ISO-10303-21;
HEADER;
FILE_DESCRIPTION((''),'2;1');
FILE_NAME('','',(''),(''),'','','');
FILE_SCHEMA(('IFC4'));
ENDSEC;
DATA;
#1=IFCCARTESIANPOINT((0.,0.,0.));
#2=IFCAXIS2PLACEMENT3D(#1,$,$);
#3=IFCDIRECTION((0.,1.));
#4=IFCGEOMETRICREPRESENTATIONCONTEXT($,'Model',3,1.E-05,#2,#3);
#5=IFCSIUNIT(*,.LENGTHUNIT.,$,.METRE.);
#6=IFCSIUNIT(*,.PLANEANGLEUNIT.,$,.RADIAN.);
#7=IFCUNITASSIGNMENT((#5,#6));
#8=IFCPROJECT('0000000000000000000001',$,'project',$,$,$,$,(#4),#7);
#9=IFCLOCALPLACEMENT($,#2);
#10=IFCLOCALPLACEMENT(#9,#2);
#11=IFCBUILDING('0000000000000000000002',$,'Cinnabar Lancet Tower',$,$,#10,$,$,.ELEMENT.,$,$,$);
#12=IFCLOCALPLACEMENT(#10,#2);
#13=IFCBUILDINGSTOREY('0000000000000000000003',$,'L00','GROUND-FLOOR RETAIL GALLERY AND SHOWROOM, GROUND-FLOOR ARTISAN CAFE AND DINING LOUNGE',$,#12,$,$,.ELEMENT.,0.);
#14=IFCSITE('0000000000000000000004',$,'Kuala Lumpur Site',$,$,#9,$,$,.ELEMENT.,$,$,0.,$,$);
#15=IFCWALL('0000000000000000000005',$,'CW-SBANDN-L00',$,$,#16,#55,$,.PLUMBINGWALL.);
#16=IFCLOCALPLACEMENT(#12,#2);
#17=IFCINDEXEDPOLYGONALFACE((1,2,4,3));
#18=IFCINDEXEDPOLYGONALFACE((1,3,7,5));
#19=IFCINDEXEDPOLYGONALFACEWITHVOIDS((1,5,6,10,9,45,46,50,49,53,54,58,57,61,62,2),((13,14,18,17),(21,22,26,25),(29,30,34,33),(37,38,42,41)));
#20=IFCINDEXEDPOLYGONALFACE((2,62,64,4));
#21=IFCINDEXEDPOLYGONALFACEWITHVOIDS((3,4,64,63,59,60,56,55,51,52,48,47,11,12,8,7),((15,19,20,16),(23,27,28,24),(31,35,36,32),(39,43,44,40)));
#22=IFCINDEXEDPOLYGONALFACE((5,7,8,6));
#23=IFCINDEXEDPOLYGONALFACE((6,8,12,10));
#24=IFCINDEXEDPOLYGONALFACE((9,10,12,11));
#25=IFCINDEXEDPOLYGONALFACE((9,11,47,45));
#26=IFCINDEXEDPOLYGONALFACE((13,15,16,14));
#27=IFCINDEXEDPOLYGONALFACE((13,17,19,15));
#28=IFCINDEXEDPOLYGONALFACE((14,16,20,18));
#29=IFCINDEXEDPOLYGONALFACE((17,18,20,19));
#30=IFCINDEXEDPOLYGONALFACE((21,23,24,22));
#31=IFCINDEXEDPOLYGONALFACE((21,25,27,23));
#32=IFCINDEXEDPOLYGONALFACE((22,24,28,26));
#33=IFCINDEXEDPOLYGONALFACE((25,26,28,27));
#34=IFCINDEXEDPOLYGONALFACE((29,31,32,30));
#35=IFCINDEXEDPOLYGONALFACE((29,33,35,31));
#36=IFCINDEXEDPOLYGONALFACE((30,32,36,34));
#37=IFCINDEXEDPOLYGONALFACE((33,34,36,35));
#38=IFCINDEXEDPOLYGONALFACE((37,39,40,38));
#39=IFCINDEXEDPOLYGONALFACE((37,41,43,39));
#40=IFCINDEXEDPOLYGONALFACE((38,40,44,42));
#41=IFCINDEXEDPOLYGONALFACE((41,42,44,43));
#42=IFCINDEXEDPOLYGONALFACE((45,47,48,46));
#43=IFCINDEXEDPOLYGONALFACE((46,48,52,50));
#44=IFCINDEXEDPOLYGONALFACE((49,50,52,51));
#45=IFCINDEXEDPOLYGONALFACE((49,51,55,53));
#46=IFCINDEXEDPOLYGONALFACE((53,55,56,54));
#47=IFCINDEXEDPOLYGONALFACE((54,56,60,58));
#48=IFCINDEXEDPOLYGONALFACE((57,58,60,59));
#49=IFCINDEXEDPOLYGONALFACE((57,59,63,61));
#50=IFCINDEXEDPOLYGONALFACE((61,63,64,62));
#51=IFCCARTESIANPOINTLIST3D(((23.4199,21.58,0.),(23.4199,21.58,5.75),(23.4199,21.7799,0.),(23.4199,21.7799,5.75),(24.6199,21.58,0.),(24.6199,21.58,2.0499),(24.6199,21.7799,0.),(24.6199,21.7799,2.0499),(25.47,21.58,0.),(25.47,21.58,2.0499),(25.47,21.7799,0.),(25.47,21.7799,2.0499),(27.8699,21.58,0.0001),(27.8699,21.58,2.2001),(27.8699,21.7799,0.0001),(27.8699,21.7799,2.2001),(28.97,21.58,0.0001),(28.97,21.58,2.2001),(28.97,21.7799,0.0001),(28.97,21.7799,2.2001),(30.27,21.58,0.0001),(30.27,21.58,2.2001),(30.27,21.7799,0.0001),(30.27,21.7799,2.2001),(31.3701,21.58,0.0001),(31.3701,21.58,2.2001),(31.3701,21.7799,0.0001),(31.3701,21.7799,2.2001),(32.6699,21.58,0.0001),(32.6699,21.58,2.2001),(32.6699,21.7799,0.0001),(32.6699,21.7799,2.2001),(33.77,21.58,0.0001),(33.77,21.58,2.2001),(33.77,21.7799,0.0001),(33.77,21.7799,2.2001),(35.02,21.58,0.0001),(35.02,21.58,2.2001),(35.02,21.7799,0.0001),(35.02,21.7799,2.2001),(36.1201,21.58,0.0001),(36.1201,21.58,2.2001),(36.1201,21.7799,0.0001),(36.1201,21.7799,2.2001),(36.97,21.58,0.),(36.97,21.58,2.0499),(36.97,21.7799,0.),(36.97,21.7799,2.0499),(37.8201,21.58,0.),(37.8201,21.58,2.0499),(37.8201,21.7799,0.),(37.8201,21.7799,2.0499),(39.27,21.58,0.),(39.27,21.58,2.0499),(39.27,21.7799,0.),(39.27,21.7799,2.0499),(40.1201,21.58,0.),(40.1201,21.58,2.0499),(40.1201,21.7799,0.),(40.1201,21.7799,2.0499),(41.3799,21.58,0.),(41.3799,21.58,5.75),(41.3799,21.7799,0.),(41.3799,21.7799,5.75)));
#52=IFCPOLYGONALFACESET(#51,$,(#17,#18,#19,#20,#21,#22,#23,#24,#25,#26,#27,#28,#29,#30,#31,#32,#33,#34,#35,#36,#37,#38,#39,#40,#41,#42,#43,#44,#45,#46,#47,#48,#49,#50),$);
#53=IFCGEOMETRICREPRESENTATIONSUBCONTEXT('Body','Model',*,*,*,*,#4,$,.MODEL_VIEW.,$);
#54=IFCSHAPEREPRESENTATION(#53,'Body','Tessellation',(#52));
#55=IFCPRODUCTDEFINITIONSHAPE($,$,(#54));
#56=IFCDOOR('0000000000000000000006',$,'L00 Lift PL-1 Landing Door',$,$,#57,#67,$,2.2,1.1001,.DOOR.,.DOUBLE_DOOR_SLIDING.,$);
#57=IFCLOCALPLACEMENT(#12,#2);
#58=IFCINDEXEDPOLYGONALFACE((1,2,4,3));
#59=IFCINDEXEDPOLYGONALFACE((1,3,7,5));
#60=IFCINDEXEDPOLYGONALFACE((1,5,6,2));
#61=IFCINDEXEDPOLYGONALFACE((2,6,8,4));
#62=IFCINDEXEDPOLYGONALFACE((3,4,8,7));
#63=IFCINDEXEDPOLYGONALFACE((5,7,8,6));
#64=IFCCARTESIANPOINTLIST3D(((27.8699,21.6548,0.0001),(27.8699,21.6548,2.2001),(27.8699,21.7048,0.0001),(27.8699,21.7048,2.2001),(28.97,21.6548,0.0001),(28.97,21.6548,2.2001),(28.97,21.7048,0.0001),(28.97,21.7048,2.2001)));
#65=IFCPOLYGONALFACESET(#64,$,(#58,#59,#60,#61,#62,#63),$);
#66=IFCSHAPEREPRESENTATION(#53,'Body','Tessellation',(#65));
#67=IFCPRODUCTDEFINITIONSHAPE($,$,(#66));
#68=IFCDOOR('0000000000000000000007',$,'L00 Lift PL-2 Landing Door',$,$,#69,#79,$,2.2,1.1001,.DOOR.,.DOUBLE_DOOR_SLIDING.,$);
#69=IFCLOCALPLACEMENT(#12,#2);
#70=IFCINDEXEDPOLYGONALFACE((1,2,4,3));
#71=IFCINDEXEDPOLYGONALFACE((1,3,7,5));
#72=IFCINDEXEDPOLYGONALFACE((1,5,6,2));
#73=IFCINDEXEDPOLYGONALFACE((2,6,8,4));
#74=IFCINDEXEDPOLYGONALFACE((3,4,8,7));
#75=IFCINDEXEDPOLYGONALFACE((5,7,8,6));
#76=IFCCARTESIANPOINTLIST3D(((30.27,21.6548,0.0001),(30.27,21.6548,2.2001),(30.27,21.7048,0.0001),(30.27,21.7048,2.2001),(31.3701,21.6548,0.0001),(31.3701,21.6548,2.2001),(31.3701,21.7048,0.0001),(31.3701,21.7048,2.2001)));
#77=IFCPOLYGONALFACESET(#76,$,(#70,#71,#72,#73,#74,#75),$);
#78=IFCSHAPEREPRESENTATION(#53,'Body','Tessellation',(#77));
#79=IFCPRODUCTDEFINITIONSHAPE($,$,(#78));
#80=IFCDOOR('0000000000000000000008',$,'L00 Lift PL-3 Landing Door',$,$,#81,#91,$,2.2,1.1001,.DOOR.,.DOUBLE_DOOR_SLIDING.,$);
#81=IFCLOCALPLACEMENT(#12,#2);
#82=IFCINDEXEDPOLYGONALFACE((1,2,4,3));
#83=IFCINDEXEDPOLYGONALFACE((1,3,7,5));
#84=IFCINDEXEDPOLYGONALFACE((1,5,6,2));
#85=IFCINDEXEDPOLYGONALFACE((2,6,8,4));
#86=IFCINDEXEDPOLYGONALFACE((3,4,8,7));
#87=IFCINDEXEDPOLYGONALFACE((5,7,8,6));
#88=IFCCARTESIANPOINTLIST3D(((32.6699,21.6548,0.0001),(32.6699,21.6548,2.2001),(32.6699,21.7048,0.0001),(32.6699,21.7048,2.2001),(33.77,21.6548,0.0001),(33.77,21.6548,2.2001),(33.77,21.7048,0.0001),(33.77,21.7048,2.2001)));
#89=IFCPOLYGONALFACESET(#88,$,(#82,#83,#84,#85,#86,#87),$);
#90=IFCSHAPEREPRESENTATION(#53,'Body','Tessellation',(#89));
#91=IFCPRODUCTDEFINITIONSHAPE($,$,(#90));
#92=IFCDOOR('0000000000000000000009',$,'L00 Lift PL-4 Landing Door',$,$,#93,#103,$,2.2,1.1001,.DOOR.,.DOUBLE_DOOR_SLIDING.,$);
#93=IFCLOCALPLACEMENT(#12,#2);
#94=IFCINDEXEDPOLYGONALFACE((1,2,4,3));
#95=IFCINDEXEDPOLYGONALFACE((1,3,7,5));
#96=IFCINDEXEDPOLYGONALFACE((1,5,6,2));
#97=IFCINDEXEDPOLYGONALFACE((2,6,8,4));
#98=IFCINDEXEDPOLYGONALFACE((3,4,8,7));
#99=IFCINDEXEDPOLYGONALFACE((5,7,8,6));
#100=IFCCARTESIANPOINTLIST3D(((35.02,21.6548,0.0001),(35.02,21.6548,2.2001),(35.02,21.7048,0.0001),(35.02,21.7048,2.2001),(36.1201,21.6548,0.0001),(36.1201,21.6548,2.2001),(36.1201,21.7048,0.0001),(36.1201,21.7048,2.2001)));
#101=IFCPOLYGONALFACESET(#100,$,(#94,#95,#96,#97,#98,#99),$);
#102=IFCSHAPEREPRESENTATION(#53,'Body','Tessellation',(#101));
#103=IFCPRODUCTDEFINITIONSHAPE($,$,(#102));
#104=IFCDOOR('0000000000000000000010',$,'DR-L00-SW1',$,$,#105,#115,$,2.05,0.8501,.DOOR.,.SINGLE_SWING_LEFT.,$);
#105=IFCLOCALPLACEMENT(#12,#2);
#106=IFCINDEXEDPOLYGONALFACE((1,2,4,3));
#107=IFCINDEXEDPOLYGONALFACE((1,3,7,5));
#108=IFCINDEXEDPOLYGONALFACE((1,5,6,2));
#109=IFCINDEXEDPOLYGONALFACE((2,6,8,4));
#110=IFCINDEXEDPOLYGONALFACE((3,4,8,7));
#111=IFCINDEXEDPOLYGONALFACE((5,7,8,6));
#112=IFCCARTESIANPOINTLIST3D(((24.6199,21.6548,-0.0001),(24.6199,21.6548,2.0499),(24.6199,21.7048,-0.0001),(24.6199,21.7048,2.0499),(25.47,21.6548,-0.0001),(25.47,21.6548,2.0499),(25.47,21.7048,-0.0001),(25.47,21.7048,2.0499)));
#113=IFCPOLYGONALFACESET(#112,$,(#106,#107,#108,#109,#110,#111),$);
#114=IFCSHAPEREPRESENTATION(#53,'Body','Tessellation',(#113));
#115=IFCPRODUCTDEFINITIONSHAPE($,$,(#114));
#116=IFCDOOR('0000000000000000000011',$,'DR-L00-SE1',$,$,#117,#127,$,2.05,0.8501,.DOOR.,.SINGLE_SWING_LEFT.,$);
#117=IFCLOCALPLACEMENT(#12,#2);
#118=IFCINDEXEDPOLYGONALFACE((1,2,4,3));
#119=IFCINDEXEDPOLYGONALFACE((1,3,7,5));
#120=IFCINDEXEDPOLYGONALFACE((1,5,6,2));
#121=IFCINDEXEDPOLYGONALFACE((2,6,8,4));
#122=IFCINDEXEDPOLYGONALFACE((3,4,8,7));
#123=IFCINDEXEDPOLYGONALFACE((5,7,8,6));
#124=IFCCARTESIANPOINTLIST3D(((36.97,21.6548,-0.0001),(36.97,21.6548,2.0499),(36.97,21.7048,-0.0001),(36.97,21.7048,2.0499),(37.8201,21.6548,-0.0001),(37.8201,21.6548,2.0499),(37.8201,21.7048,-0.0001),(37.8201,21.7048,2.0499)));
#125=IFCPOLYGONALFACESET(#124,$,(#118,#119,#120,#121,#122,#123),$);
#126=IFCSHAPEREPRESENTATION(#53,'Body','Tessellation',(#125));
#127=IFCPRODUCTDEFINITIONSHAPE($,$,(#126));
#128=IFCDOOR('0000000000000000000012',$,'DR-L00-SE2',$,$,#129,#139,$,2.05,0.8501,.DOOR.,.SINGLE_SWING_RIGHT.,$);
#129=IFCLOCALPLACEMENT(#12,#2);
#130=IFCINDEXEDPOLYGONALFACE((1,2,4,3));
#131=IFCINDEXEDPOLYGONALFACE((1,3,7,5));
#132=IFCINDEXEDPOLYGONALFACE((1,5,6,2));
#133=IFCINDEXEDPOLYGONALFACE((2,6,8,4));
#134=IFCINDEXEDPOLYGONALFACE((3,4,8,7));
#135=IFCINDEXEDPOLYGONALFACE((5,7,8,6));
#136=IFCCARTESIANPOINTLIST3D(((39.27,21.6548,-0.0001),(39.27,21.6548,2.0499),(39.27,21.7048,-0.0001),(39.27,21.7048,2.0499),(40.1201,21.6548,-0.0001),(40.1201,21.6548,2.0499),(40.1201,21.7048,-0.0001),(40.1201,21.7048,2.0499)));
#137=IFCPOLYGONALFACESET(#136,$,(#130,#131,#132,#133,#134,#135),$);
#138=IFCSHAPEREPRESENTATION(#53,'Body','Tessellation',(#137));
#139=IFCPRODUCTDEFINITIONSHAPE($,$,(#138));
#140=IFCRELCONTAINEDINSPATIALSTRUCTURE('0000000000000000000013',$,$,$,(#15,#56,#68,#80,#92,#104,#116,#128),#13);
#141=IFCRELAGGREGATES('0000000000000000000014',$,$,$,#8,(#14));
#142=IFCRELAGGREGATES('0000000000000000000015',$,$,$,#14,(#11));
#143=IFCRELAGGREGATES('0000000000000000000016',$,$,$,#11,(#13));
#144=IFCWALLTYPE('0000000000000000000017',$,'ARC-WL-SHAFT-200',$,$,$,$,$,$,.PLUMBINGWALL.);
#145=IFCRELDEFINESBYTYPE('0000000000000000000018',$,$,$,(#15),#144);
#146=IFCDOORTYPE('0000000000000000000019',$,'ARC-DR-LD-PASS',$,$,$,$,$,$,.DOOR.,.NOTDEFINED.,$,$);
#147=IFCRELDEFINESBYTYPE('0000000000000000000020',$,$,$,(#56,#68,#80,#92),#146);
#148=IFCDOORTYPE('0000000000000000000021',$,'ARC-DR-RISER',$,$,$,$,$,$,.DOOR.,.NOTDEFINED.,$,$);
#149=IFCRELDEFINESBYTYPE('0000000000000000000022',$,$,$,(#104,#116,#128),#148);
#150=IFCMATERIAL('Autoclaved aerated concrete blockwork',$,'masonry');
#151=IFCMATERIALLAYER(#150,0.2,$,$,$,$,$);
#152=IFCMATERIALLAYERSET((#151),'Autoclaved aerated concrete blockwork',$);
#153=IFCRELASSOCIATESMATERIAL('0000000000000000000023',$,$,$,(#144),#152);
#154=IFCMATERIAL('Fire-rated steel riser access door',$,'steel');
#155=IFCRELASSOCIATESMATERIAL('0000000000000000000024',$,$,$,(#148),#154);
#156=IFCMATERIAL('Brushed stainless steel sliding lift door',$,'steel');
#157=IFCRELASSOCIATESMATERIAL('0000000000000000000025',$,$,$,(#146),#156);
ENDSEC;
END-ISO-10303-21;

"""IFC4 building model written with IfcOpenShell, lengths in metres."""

from ifc_helpers import new_model, si_unit, direction, frame, frame_2d, origin, place, context, subcontext, project, spatial, rectangle, extrude, material, layer, layer_set, type_object, element, fill, save


model = new_model("IFC4")

# Units and contexts
model_context = context("Model", 3, precision=1e-05, world=origin(), true_north=direction((0.0, 1.0)))
body_context = subcontext(model_context, "Body", "Model", "MODEL_VIEW")
ifc_project = project(units=[si_unit("LENGTHUNIT", "METRE"), si_unit("PLANEANGLEUNIT", "RADIAN")], contexts=[model_context])

# Site, building, storey
site_placement = place(None, origin())
site = spatial("IfcSite", under=ifc_project, at=site_placement, Name="Kuala Lumpur Site", CompositionType="ELEMENT", RefElevation=0.0)
building_placement = place(site_placement, origin())
building = spatial("IfcBuilding", under=site, at=building_placement, Name="Cinnabar Lancet Tower", CompositionType="ELEMENT")
storey_placement = place(building_placement, origin())
storey = spatial("IfcBuildingStorey", under=building, at=storey_placement, Name="L00", Description="GROUND-FLOOR RETAIL GALLERY AND SHOWROOM, GROUND-FLOOR ARTISAN CAFE AND DINING LOUNGE", CompositionType="ELEMENT", Elevation=0.0)

# Shared definitions
ifc_material_1 = material(Name="Autoclaved aerated concrete blockwork", Category="masonry")
ifc_layer = layer(ifc_material_1, 0.2)
ifc_layer_set = layer_set([ifc_layer], Name="Autoclaved aerated concrete blockwork")
wall_type = type_object("IfcWallType", Name="ARC-WL-SHAFT-200", PredefinedType="PLUMBINGWALL", material=ifc_layer_set)

# Shared definitions
ifc_material_2 = material(Name="Fire-rated steel riser access door", Category="steel")
door_type_1 = type_object("IfcDoorType", Name="ARC-DR-RISER", OperationType="NOTDEFINED", PredefinedType="DOOR", material=ifc_material_2)

# Wall, openings, doors
wall_1_placement = place(storey_placement, frame((23.4199, 21.6799, 0.0), z_axis=(0.0, 0.0, 1.0), x_axis=(1.0, 0.0, 0.0)))
wall_1 = element("IfcWall", 1, at=wall_1_placement, inside=storey, type_object=wall_type, Name="CW-SBANDN-L00", PredefinedType="PLUMBINGWALL", context=body_context, shape_type="SweptSolid", body=[
    extrude(rectangle(XDim=17.96, YDim=0.2, at=frame_2d((8.98, 0.0))), origin(), (0.0, 0.0, 1.0), 5.75),
])
opening_1_placement = place(wall_1_placement, frame((4.45, 0.0, 0.0)))
opening_1 = element("IfcOpeningElement", 2, at=opening_1_placement, cuts=wall_1, PredefinedType="OPENING", context=body_context, shape_type="SweptSolid", body=[
    extrude(rectangle(XDim=1.1001, YDim=2.2, at=frame_2d((0.55, 1.1001))), frame((0.0, 0.1099, 0.0), z_axis=(0.0, -1.0, 0.0), x_axis=(1.0, 0.0, 0.0)), (0.0, 0.0, 1.0), 0.22),
])
opening_2_placement = place(wall_1_placement, frame((6.8501, 0.0, 0.0)))
opening_2 = element("IfcOpeningElement", 3, at=opening_2_placement, cuts=wall_1, PredefinedType="OPENING", context=body_context, shape_type="SweptSolid", body=[
    extrude(rectangle(XDim=1.1001, YDim=2.2, at=frame_2d((0.55, 1.1001))), frame((0.0, 0.1099, 0.0), z_axis=(0.0, -1.0, 0.0), x_axis=(1.0, 0.0, 0.0)), (0.0, 0.0, 1.0), 0.22),
])
opening_3_placement = place(wall_1_placement, frame((9.25, 0.0, 0.0)))
opening_3 = element("IfcOpeningElement", 4, at=opening_3_placement, cuts=wall_1, PredefinedType="OPENING", context=body_context, shape_type="SweptSolid", body=[
    extrude(rectangle(XDim=1.1001, YDim=2.2, at=frame_2d((0.55, 1.1001))), frame((0.0, 0.1099, 0.0), z_axis=(0.0, -1.0, 0.0), x_axis=(1.0, 0.0, 0.0)), (0.0, 0.0, 1.0), 0.22),
])
opening_4_placement = place(wall_1_placement, frame((11.6001, 0.0, 0.0)))
opening_4 = element("IfcOpeningElement", 5, at=opening_4_placement, cuts=wall_1, PredefinedType="OPENING", context=body_context, shape_type="SweptSolid", body=[
    extrude(rectangle(XDim=1.1001, YDim=2.2, at=frame_2d((0.55, 1.1001))), frame((0.0, 0.1099, 0.0), z_axis=(0.0, -1.0, 0.0), x_axis=(1.0, 0.0, 0.0)), (0.0, 0.0, 1.0), 0.22),
])
opening_5_placement = place(wall_1_placement, frame((1.2, 0.0, 0.0)))
opening_5 = element("IfcOpeningElement", 6, at=opening_5_placement, cuts=wall_1, PredefinedType="OPENING", context=body_context, shape_type="SweptSolid", body=[
    extrude(rectangle(XDim=0.8501, YDim=2.05, at=frame_2d((0.425, 1.0249))), frame((0.0, 0.1099, 0.0), z_axis=(0.0, -1.0, 0.0), x_axis=(1.0, 0.0, 0.0)), (0.0, 0.0, 1.0), 0.22),
])
opening_6_placement = place(wall_1_placement, frame((13.55, 0.0, 0.0)))
opening_6 = element("IfcOpeningElement", 7, at=opening_6_placement, cuts=wall_1, PredefinedType="OPENING", context=body_context, shape_type="SweptSolid", body=[
    extrude(rectangle(XDim=0.8501, YDim=2.05, at=frame_2d((0.425, 1.0249))), frame((0.0, 0.1099, 0.0), z_axis=(0.0, -1.0, 0.0), x_axis=(1.0, 0.0, 0.0)), (0.0, 0.0, 1.0), 0.22),
])
opening_7_placement = place(wall_1_placement, frame((15.8501, 0.0, 0.0)))
opening_7 = element("IfcOpeningElement", 8, at=opening_7_placement, cuts=wall_1, PredefinedType="OPENING", context=body_context, shape_type="SweptSolid", body=[
    extrude(rectangle(XDim=0.8501, YDim=2.05, at=frame_2d((0.425, 1.0249))), frame((0.0, 0.1099, 0.0), z_axis=(0.0, -1.0, 0.0), x_axis=(1.0, 0.0, 0.0)), (0.0, 0.0, 1.0), 0.22),
])
ifc_material_3 = material(Name="Brushed stainless steel sliding lift door", Category="steel")
door_type_2 = type_object("IfcDoorType", Name="ARC-DR-LD-PASS", OperationType="NOTDEFINED", PredefinedType="DOOR", material=ifc_material_3)
door_1_placement = place(opening_1_placement, origin())
door_1 = element("IfcDoor", 9, at=door_1_placement, inside=storey, type_object=door_type_2, Name="L00 Lift PL-1 Landing Door", OperationType="DOUBLE_DOOR_SLIDING", OverallHeight=2.2, OverallWidth=1.1001, PredefinedType="DOOR", context=body_context, shape_type="SweptSolid", body=[
    extrude(rectangle(XDim=1.1001, YDim=2.2, at=frame_2d((0.55, 1.1001))), frame((0.0, 0.0249, 0.0), z_axis=(0.0, -1.0, 0.0), x_axis=(1.0, 0.0, 0.0)), (0.0, 0.0, 1.0), 0.05),
])
fill(opening_1, door_1)
door_2_placement = place(opening_2_placement, origin())
door_2 = element("IfcDoor", 10, at=door_2_placement, inside=storey, type_object=door_type_2, Name="L00 Lift PL-2 Landing Door", OperationType="DOUBLE_DOOR_SLIDING", OverallHeight=2.2, OverallWidth=1.1001, PredefinedType="DOOR", context=body_context, shape_type="SweptSolid", body=[
    extrude(rectangle(XDim=1.1001, YDim=2.2, at=frame_2d((0.55, 1.1001))), frame((0.0, 0.0249, 0.0), z_axis=(0.0, -1.0, 0.0), x_axis=(1.0, 0.0, 0.0)), (0.0, 0.0, 1.0), 0.05),
])
fill(opening_2, door_2)
door_3_placement = place(opening_3_placement, origin())
door_3 = element("IfcDoor", 11, at=door_3_placement, inside=storey, type_object=door_type_2, Name="L00 Lift PL-3 Landing Door", OperationType="DOUBLE_DOOR_SLIDING", OverallHeight=2.2, OverallWidth=1.1001, PredefinedType="DOOR", context=body_context, shape_type="SweptSolid", body=[
    extrude(rectangle(XDim=1.1001, YDim=2.2, at=frame_2d((0.55, 1.1001))), frame((0.0, 0.0249, 0.0), z_axis=(0.0, -1.0, 0.0), x_axis=(1.0, 0.0, 0.0)), (0.0, 0.0, 1.0), 0.05),
])
fill(opening_3, door_3)
door_4_placement = place(opening_4_placement, origin())
door_4 = element("IfcDoor", 12, at=door_4_placement, inside=storey, type_object=door_type_2, Name="L00 Lift PL-4 Landing Door", OperationType="DOUBLE_DOOR_SLIDING", OverallHeight=2.2, OverallWidth=1.1001, PredefinedType="DOOR", context=body_context, shape_type="SweptSolid", body=[
    extrude(rectangle(XDim=1.1001, YDim=2.2, at=frame_2d((0.55, 1.1001))), frame((0.0, 0.0249, 0.0), z_axis=(0.0, -1.0, 0.0), x_axis=(1.0, 0.0, 0.0)), (0.0, 0.0, 1.0), 0.05),
])
fill(opening_4, door_4)
door_5_placement = place(opening_5_placement, origin())
door_5 = element("IfcDoor", 13, at=door_5_placement, inside=storey, type_object=door_type_1, Name="DR-L00-SW1", OperationType="SINGLE_SWING_LEFT", OverallHeight=2.05, OverallWidth=0.8501, PredefinedType="DOOR", context=body_context, shape_type="SweptSolid", body=[
    extrude(rectangle(XDim=0.8501, YDim=2.05, at=frame_2d((0.425, 1.0249))), frame((0.0, 0.0249, 0.0), z_axis=(0.0, -1.0, 0.0), x_axis=(1.0, 0.0, 0.0)), (0.0, 0.0, 1.0), 0.05),
])
fill(opening_5, door_5)
door_6_placement = place(opening_6_placement, origin())
door_6 = element("IfcDoor", 14, at=door_6_placement, inside=storey, type_object=door_type_1, Name="DR-L00-SE1", OperationType="SINGLE_SWING_LEFT", OverallHeight=2.05, OverallWidth=0.8501, PredefinedType="DOOR", context=body_context, shape_type="SweptSolid", body=[
    extrude(rectangle(XDim=0.8501, YDim=2.05, at=frame_2d((0.425, 1.0249))), frame((0.0, 0.0249, 0.0), z_axis=(0.0, -1.0, 0.0), x_axis=(1.0, 0.0, 0.0)), (0.0, 0.0, 1.0), 0.05),
])
fill(opening_6, door_6)
door_7_placement = place(opening_7_placement, origin())
door_7 = element("IfcDoor", 15, at=door_7_placement, inside=storey, type_object=door_type_1, Name="DR-L00-SE2", OperationType="SINGLE_SWING_RIGHT", OverallHeight=2.05, OverallWidth=0.8501, PredefinedType="DOOR", context=body_context, shape_type="SweptSolid", body=[
    extrude(rectangle(XDim=0.8501, YDim=2.05, at=frame_2d((0.425, 1.0249))), frame((0.0, 0.0249, 0.0), z_axis=(0.0, -1.0, 0.0), x_axis=(1.0, 0.0, 0.0)), (0.0, 0.0, 1.0), 0.05),
])
fill(opening_7, door_7)

save(model, "model.ifc")
